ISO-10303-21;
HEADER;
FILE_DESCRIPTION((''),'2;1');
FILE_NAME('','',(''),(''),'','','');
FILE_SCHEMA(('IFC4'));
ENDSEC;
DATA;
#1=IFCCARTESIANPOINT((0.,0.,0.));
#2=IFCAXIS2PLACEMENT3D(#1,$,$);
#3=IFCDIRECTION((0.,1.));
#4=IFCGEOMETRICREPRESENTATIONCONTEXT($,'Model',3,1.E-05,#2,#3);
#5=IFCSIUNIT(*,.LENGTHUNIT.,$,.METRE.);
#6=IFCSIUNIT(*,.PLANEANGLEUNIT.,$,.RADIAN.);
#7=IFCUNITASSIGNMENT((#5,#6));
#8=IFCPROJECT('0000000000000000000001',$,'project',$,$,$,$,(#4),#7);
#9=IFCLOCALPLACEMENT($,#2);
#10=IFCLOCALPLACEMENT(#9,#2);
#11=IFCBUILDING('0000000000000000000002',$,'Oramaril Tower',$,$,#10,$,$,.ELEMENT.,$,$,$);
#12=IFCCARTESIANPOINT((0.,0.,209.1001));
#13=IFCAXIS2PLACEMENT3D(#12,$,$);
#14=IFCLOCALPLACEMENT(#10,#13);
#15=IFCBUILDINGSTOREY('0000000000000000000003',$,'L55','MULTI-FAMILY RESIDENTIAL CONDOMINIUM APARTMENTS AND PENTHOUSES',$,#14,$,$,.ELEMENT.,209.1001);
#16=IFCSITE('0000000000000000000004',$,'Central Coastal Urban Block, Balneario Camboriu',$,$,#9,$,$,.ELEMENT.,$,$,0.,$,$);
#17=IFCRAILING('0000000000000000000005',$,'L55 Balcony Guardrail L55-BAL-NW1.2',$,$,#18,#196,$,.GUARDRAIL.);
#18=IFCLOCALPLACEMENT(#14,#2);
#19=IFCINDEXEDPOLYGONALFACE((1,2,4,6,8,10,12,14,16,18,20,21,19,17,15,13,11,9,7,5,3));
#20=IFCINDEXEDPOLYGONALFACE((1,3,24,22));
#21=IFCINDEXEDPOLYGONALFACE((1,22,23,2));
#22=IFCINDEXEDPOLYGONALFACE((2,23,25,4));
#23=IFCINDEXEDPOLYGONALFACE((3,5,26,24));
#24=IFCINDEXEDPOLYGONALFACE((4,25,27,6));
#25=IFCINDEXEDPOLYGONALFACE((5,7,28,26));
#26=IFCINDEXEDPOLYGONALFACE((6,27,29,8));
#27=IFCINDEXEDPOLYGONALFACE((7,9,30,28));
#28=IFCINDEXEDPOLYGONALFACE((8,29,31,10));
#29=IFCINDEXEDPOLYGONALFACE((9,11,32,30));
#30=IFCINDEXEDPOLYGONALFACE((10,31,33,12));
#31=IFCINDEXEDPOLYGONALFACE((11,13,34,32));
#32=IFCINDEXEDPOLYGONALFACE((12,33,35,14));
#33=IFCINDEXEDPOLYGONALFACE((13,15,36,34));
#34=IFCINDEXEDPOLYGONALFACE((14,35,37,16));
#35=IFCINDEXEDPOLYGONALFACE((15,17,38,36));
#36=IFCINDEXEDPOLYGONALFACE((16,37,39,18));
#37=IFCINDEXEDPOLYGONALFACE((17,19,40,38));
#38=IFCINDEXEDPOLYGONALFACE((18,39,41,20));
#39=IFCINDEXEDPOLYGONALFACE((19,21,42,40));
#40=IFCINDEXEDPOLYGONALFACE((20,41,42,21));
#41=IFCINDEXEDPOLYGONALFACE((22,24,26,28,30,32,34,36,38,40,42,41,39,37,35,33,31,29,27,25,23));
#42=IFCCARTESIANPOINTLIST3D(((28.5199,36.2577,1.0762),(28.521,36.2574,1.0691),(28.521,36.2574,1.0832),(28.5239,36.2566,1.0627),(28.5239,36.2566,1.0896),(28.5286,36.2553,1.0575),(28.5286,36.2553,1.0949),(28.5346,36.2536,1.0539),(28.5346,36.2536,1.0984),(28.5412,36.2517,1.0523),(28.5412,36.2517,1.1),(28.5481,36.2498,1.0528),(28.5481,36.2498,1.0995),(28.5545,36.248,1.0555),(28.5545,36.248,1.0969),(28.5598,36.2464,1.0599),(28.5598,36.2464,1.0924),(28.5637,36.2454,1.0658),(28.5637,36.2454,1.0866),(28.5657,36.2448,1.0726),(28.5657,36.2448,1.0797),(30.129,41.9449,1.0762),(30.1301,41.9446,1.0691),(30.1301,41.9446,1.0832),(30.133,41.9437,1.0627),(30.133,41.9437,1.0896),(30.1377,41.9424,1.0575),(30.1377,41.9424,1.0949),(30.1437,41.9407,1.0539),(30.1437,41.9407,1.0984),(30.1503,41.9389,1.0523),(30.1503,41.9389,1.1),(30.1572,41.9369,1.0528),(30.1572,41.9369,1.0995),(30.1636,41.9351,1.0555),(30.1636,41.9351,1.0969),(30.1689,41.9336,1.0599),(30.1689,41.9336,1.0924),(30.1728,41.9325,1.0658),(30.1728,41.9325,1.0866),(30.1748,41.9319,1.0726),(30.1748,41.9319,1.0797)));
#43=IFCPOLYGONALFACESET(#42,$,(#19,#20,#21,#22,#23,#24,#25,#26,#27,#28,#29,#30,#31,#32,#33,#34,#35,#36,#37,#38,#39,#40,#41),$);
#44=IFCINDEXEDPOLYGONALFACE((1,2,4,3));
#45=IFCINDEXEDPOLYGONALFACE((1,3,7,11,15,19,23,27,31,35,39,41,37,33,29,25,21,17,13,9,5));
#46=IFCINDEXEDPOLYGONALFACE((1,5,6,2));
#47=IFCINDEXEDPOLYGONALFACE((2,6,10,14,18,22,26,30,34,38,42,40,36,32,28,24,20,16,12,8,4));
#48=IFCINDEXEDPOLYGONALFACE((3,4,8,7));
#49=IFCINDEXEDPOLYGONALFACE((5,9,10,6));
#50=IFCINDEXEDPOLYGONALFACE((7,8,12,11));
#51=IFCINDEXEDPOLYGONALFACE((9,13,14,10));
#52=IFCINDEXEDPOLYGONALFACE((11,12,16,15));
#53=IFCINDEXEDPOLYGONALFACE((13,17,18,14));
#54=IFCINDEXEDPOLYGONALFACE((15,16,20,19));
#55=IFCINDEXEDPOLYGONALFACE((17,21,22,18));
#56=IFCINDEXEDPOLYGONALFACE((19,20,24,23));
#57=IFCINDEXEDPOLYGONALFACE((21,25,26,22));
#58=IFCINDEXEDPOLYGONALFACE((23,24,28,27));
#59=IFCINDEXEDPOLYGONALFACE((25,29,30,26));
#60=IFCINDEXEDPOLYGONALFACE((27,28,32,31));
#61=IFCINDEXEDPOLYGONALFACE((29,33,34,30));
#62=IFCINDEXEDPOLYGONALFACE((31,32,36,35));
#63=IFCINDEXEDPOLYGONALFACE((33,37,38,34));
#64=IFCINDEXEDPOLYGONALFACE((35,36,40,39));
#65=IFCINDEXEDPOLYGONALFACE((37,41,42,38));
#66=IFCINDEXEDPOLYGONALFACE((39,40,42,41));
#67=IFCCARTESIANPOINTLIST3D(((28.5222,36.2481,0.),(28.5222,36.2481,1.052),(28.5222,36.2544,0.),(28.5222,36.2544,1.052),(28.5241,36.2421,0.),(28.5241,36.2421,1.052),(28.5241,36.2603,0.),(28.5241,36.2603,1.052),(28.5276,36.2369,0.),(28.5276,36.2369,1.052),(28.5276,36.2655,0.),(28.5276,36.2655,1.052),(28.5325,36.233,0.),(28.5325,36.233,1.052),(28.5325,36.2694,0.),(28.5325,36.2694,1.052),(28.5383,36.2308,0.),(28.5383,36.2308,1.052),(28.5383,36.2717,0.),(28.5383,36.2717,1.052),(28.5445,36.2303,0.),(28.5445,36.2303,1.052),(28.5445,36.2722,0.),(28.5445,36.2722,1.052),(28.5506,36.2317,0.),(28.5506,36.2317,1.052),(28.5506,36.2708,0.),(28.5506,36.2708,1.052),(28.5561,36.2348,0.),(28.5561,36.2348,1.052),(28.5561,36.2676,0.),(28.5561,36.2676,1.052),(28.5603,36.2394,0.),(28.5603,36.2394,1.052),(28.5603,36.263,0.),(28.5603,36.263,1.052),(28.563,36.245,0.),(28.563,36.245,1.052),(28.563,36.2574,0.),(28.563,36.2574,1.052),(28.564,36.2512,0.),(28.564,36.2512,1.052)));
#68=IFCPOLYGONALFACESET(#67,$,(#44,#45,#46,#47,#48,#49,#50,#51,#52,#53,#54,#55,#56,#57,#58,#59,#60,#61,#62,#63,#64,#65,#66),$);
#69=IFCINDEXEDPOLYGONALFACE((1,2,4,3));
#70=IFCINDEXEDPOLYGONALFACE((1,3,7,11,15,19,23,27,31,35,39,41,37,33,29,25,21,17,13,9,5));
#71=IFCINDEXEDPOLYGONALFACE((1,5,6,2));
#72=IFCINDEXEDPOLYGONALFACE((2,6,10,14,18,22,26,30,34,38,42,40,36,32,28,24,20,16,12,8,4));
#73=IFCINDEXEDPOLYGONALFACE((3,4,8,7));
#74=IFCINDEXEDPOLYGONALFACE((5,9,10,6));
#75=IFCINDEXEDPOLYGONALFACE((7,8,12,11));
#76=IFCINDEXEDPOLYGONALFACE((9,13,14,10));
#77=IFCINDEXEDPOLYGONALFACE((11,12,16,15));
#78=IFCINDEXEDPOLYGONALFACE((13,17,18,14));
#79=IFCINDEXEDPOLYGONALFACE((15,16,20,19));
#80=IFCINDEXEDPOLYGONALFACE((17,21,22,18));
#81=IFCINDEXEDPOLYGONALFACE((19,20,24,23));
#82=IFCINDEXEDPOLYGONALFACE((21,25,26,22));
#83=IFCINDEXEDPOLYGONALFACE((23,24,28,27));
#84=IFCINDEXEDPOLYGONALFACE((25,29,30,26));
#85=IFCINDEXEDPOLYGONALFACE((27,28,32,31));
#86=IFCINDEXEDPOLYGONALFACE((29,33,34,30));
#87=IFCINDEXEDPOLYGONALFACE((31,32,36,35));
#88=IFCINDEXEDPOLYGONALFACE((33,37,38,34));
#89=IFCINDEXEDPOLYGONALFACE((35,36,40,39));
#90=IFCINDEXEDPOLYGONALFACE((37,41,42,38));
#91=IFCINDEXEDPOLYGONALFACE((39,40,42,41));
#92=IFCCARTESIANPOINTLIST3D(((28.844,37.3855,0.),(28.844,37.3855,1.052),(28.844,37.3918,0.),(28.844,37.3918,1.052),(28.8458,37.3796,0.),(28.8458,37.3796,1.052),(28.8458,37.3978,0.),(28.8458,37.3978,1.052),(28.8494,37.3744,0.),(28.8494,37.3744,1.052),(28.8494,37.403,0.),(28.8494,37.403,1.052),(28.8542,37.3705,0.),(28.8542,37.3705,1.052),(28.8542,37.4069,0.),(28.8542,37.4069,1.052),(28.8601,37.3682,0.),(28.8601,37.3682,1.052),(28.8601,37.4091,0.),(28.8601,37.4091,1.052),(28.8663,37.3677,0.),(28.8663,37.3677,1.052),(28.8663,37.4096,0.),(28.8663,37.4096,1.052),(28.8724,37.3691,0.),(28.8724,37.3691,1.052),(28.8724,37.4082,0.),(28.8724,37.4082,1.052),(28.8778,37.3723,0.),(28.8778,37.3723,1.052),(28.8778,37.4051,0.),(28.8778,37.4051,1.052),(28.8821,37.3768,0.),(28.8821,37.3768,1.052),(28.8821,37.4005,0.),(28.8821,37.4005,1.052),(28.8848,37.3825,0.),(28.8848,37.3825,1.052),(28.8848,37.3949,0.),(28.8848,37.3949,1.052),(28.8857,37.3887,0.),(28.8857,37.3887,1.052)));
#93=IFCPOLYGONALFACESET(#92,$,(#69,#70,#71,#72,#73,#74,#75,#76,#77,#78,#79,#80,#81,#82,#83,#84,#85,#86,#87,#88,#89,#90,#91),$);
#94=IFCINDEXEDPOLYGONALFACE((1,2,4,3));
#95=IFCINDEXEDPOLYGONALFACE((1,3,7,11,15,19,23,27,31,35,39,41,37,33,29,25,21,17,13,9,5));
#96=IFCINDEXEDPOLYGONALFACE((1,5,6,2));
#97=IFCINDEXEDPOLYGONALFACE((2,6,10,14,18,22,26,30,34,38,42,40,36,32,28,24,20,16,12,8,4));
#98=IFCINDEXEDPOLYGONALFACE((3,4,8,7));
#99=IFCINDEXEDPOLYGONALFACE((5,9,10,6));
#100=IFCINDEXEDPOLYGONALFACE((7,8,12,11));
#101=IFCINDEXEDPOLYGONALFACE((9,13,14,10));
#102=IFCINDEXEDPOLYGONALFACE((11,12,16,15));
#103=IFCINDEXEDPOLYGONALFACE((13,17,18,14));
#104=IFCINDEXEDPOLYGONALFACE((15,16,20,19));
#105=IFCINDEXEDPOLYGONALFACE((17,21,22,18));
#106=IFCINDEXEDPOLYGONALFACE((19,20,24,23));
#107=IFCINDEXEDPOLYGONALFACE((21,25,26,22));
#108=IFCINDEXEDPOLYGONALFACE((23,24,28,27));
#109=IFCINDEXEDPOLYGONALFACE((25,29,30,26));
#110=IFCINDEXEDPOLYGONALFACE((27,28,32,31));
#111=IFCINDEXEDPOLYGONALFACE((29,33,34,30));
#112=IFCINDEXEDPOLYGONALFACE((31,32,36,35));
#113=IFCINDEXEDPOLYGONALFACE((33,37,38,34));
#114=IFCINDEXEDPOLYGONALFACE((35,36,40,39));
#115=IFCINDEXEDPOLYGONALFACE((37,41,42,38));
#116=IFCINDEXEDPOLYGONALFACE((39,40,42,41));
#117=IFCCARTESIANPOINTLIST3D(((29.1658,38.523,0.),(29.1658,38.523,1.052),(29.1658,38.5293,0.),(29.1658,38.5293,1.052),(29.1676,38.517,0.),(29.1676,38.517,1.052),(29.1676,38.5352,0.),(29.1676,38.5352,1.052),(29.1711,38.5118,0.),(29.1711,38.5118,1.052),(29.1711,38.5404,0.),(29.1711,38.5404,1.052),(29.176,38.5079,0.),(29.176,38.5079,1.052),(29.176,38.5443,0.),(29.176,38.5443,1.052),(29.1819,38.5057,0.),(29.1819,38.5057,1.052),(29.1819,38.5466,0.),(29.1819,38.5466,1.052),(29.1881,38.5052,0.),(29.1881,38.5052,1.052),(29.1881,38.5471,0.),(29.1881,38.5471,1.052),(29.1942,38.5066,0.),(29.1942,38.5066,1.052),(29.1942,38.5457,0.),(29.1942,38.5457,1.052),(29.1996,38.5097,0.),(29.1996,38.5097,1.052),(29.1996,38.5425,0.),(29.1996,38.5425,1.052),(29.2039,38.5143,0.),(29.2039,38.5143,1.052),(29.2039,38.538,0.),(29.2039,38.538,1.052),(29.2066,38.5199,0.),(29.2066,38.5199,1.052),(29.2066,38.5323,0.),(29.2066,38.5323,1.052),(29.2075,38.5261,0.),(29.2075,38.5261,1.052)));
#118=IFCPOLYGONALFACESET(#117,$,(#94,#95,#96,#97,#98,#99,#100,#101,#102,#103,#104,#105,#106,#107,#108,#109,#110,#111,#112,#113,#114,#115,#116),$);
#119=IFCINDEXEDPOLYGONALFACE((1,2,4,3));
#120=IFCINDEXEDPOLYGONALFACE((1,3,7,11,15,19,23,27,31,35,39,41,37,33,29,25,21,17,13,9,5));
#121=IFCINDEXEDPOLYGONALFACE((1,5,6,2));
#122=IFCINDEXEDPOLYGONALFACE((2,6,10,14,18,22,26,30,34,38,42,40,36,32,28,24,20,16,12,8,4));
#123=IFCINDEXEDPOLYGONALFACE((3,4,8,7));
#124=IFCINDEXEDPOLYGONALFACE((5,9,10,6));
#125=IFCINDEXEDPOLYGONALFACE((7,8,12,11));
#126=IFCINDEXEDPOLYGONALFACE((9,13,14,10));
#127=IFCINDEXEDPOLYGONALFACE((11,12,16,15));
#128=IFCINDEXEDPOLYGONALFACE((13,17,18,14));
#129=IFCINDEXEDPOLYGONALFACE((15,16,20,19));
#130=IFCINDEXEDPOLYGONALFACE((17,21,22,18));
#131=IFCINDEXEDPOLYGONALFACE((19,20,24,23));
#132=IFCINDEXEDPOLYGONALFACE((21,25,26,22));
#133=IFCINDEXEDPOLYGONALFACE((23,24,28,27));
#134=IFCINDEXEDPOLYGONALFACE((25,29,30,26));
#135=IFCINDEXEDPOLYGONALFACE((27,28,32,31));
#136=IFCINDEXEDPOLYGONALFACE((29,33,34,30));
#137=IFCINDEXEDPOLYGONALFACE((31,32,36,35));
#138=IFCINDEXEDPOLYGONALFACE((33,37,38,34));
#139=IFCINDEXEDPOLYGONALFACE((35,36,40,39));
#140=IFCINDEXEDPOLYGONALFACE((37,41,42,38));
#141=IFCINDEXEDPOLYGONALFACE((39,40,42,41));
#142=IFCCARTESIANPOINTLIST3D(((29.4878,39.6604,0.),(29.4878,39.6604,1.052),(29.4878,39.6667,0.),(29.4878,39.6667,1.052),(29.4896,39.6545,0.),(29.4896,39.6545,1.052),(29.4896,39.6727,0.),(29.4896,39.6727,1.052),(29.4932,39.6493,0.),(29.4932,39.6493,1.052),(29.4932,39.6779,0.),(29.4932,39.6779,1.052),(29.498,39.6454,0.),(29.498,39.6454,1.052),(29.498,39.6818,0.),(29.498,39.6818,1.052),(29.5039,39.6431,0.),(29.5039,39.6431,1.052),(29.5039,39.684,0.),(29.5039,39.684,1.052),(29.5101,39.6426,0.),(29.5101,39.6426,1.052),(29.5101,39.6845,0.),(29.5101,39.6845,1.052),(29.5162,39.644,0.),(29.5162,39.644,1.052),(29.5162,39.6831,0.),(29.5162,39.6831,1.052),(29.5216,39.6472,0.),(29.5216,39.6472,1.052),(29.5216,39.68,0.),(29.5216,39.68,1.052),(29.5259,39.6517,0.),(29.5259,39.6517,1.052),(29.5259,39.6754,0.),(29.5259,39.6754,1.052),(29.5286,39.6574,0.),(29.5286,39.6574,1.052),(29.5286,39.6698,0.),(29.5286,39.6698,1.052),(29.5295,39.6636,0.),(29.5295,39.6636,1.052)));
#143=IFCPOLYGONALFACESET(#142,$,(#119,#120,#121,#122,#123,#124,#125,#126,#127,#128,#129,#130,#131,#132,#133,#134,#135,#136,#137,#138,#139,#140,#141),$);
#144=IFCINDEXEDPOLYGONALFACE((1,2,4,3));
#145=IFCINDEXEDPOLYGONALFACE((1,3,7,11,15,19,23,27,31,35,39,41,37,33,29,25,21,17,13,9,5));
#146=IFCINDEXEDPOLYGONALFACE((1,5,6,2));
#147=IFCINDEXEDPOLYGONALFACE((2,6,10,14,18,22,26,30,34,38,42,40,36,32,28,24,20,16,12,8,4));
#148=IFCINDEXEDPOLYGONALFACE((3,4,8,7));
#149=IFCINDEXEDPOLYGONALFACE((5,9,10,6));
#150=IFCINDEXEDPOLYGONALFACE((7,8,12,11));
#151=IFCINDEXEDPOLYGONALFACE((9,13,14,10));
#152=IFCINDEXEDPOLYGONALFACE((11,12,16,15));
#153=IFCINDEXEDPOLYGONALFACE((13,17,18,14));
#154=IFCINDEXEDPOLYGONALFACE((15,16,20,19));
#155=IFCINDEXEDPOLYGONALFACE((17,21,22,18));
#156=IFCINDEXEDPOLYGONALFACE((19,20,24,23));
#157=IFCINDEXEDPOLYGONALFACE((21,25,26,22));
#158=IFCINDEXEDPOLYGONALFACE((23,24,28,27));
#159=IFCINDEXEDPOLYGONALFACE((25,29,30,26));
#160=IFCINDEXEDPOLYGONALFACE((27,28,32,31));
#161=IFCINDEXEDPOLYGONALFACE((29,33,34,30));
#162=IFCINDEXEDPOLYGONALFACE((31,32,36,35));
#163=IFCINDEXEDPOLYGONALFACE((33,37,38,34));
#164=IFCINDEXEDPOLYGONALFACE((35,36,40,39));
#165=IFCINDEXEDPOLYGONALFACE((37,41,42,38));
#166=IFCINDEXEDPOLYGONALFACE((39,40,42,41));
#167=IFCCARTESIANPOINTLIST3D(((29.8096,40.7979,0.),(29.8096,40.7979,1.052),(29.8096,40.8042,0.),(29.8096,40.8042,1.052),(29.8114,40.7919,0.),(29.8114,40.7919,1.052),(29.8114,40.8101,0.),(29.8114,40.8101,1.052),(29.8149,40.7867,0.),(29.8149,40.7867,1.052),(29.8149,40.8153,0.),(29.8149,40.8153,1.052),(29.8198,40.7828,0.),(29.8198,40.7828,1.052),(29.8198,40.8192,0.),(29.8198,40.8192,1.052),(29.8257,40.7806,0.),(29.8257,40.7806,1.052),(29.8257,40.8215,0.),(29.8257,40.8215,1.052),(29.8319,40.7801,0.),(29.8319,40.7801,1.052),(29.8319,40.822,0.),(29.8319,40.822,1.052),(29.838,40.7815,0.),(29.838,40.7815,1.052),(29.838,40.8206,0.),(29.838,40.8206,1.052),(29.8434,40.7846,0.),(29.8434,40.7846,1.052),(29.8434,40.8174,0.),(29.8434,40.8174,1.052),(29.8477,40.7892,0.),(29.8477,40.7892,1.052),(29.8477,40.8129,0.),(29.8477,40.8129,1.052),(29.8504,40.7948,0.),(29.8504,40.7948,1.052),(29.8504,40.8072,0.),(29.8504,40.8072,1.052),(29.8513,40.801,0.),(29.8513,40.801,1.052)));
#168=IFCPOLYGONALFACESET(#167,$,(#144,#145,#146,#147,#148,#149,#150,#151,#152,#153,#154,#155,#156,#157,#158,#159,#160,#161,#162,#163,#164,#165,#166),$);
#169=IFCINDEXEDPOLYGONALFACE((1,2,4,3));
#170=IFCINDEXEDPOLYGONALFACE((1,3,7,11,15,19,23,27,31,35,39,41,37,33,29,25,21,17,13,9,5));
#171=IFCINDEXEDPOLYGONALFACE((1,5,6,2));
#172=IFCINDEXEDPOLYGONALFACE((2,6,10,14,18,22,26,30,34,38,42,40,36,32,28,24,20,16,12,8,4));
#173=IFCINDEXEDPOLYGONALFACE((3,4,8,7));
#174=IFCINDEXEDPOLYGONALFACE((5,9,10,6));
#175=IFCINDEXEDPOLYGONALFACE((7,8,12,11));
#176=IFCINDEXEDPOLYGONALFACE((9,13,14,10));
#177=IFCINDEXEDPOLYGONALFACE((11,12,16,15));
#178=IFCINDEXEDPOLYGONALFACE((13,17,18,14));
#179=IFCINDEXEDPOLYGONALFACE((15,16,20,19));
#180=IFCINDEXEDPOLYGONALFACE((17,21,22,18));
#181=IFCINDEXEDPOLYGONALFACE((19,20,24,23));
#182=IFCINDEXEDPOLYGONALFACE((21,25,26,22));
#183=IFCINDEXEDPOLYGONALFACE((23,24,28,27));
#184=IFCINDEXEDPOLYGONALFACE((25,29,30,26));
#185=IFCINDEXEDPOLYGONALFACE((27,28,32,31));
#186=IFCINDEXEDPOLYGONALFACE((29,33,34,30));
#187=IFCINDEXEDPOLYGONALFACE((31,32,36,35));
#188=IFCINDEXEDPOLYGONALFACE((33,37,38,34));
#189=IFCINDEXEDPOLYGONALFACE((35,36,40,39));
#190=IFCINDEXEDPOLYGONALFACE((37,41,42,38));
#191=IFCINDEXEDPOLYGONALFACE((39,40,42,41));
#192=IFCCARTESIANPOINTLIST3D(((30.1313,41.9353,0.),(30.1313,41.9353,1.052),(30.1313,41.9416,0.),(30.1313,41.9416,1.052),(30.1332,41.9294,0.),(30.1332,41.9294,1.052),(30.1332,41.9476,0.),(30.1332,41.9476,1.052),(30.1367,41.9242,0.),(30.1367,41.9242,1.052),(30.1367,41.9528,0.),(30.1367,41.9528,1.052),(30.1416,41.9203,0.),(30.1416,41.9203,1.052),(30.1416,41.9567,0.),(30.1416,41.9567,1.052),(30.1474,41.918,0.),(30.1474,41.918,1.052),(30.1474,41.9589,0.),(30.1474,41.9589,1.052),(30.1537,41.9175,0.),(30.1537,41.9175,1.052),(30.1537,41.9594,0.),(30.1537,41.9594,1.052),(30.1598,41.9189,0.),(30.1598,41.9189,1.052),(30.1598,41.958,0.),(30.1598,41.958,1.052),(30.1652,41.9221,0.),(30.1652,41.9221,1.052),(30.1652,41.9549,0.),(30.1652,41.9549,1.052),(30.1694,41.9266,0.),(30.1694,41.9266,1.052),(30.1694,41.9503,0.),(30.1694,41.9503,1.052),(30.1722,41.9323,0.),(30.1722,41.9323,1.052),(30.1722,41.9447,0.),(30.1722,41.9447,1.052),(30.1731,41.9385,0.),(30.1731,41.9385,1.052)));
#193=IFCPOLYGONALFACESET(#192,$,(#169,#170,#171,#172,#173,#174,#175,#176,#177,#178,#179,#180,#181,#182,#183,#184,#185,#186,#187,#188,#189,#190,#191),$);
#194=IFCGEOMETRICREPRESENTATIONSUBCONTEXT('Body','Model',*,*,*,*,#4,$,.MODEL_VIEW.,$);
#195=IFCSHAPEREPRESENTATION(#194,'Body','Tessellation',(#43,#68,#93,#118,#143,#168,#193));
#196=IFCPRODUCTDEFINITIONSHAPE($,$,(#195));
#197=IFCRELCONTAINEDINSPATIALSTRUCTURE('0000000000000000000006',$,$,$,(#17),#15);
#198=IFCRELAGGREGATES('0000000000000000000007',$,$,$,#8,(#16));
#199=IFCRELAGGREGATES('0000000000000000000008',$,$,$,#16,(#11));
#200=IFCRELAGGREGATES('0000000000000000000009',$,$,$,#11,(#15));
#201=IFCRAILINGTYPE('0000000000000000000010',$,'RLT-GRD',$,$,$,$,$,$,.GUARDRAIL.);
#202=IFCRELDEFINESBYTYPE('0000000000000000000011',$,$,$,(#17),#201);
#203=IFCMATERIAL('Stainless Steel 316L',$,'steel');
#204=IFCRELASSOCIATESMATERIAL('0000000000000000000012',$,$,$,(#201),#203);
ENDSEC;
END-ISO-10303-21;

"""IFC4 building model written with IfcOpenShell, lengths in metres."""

from ifc_helpers import new_model, si_unit, direction, frame, origin, origin_2d, place, context, subcontext, project, spatial, circle, extrude, material, type_object, element, save


model = new_model("IFC4")

# Units and contexts
model_context = context("Model", 3, precision=1e-05, world=origin(), true_north=direction((0.0, 1.0)))
body_context = subcontext(model_context, "Body", "Model", "MODEL_VIEW")
ifc_project = project(units=[si_unit("LENGTHUNIT", "METRE"), si_unit("PLANEANGLEUNIT", "RADIAN")], contexts=[model_context])

# Site, building, storey
site_placement = place(None, origin())
site = spatial("IfcSite", under=ifc_project, at=site_placement, Name="Central Coastal Urban Block, Balneario Camboriu", CompositionType="ELEMENT", RefElevation=0.0)
building_placement = place(site_placement, origin())
building = spatial("IfcBuilding", under=site, at=building_placement, Name="Oramaril Tower", CompositionType="ELEMENT")
storey_placement = place(building_placement, frame((0.0, 0.0, 209.1001)))
storey = spatial("IfcBuildingStorey", under=building, at=storey_placement, Name="L55", Description="MULTI-FAMILY RESIDENTIAL CONDOMINIUM APARTMENTS AND PENTHOUSES", CompositionType="ELEMENT", Elevation=209.1001)

# Railing
ifc_material_1 = material(Name="Stainless Steel 316L", Category="steel")
railing_type = type_object("IfcRailingType", Name="RLT-GRD", PredefinedType="GUARDRAIL", material=ifc_material_1)
railing_1_placement = place(storey_placement, frame((28.543, 36.2512, 0.0)))
element("IfcRailing", 1, at=railing_1_placement, inside=storey, type_object=railing_type, Name="L55 Balcony Guardrail L55-BAL-NW1.2", PredefinedType="GUARDRAIL", context=body_context, shape_type="SweptSolid", body=[
    extrude(circle(Radius=0.0239, at=origin_2d()), frame((0.0, 0.0, 1.0762), z_axis=(0.272249, 0.962227, 0.0), x_axis=(-0.962227, 0.272249, 0.0)), (0.0, 0.0, 1.0), 5.9104),
    extrude(circle(Radius=0.021, at=origin_2d()), origin(), (0.0, 0.0, 1.0), 1.052),
    extrude(circle(Radius=0.021, at=origin_2d()), frame((0.3218, 1.1375, 0.0)), (0.0, 0.0, 1.0), 1.052),
    extrude(circle(Radius=0.021, at=origin_2d()), frame((0.6436, 2.2749, 0.0)), (0.0, 0.0, 1.0), 1.052),
    extrude(circle(Radius=0.021, at=origin_2d()), frame((0.9656, 3.4124, 0.0)), (0.0, 0.0, 1.0), 1.052),
    extrude(circle(Radius=0.021, at=origin_2d()), frame((1.2874, 4.5498, 0.0)), (0.0, 0.0, 1.0), 1.052),
    extrude(circle(Radius=0.021, at=origin_2d()), frame((1.6091, 5.6873, 0.0)), (0.0, 0.0, 1.0), 1.052),
])

save(model, "model.ifc")
